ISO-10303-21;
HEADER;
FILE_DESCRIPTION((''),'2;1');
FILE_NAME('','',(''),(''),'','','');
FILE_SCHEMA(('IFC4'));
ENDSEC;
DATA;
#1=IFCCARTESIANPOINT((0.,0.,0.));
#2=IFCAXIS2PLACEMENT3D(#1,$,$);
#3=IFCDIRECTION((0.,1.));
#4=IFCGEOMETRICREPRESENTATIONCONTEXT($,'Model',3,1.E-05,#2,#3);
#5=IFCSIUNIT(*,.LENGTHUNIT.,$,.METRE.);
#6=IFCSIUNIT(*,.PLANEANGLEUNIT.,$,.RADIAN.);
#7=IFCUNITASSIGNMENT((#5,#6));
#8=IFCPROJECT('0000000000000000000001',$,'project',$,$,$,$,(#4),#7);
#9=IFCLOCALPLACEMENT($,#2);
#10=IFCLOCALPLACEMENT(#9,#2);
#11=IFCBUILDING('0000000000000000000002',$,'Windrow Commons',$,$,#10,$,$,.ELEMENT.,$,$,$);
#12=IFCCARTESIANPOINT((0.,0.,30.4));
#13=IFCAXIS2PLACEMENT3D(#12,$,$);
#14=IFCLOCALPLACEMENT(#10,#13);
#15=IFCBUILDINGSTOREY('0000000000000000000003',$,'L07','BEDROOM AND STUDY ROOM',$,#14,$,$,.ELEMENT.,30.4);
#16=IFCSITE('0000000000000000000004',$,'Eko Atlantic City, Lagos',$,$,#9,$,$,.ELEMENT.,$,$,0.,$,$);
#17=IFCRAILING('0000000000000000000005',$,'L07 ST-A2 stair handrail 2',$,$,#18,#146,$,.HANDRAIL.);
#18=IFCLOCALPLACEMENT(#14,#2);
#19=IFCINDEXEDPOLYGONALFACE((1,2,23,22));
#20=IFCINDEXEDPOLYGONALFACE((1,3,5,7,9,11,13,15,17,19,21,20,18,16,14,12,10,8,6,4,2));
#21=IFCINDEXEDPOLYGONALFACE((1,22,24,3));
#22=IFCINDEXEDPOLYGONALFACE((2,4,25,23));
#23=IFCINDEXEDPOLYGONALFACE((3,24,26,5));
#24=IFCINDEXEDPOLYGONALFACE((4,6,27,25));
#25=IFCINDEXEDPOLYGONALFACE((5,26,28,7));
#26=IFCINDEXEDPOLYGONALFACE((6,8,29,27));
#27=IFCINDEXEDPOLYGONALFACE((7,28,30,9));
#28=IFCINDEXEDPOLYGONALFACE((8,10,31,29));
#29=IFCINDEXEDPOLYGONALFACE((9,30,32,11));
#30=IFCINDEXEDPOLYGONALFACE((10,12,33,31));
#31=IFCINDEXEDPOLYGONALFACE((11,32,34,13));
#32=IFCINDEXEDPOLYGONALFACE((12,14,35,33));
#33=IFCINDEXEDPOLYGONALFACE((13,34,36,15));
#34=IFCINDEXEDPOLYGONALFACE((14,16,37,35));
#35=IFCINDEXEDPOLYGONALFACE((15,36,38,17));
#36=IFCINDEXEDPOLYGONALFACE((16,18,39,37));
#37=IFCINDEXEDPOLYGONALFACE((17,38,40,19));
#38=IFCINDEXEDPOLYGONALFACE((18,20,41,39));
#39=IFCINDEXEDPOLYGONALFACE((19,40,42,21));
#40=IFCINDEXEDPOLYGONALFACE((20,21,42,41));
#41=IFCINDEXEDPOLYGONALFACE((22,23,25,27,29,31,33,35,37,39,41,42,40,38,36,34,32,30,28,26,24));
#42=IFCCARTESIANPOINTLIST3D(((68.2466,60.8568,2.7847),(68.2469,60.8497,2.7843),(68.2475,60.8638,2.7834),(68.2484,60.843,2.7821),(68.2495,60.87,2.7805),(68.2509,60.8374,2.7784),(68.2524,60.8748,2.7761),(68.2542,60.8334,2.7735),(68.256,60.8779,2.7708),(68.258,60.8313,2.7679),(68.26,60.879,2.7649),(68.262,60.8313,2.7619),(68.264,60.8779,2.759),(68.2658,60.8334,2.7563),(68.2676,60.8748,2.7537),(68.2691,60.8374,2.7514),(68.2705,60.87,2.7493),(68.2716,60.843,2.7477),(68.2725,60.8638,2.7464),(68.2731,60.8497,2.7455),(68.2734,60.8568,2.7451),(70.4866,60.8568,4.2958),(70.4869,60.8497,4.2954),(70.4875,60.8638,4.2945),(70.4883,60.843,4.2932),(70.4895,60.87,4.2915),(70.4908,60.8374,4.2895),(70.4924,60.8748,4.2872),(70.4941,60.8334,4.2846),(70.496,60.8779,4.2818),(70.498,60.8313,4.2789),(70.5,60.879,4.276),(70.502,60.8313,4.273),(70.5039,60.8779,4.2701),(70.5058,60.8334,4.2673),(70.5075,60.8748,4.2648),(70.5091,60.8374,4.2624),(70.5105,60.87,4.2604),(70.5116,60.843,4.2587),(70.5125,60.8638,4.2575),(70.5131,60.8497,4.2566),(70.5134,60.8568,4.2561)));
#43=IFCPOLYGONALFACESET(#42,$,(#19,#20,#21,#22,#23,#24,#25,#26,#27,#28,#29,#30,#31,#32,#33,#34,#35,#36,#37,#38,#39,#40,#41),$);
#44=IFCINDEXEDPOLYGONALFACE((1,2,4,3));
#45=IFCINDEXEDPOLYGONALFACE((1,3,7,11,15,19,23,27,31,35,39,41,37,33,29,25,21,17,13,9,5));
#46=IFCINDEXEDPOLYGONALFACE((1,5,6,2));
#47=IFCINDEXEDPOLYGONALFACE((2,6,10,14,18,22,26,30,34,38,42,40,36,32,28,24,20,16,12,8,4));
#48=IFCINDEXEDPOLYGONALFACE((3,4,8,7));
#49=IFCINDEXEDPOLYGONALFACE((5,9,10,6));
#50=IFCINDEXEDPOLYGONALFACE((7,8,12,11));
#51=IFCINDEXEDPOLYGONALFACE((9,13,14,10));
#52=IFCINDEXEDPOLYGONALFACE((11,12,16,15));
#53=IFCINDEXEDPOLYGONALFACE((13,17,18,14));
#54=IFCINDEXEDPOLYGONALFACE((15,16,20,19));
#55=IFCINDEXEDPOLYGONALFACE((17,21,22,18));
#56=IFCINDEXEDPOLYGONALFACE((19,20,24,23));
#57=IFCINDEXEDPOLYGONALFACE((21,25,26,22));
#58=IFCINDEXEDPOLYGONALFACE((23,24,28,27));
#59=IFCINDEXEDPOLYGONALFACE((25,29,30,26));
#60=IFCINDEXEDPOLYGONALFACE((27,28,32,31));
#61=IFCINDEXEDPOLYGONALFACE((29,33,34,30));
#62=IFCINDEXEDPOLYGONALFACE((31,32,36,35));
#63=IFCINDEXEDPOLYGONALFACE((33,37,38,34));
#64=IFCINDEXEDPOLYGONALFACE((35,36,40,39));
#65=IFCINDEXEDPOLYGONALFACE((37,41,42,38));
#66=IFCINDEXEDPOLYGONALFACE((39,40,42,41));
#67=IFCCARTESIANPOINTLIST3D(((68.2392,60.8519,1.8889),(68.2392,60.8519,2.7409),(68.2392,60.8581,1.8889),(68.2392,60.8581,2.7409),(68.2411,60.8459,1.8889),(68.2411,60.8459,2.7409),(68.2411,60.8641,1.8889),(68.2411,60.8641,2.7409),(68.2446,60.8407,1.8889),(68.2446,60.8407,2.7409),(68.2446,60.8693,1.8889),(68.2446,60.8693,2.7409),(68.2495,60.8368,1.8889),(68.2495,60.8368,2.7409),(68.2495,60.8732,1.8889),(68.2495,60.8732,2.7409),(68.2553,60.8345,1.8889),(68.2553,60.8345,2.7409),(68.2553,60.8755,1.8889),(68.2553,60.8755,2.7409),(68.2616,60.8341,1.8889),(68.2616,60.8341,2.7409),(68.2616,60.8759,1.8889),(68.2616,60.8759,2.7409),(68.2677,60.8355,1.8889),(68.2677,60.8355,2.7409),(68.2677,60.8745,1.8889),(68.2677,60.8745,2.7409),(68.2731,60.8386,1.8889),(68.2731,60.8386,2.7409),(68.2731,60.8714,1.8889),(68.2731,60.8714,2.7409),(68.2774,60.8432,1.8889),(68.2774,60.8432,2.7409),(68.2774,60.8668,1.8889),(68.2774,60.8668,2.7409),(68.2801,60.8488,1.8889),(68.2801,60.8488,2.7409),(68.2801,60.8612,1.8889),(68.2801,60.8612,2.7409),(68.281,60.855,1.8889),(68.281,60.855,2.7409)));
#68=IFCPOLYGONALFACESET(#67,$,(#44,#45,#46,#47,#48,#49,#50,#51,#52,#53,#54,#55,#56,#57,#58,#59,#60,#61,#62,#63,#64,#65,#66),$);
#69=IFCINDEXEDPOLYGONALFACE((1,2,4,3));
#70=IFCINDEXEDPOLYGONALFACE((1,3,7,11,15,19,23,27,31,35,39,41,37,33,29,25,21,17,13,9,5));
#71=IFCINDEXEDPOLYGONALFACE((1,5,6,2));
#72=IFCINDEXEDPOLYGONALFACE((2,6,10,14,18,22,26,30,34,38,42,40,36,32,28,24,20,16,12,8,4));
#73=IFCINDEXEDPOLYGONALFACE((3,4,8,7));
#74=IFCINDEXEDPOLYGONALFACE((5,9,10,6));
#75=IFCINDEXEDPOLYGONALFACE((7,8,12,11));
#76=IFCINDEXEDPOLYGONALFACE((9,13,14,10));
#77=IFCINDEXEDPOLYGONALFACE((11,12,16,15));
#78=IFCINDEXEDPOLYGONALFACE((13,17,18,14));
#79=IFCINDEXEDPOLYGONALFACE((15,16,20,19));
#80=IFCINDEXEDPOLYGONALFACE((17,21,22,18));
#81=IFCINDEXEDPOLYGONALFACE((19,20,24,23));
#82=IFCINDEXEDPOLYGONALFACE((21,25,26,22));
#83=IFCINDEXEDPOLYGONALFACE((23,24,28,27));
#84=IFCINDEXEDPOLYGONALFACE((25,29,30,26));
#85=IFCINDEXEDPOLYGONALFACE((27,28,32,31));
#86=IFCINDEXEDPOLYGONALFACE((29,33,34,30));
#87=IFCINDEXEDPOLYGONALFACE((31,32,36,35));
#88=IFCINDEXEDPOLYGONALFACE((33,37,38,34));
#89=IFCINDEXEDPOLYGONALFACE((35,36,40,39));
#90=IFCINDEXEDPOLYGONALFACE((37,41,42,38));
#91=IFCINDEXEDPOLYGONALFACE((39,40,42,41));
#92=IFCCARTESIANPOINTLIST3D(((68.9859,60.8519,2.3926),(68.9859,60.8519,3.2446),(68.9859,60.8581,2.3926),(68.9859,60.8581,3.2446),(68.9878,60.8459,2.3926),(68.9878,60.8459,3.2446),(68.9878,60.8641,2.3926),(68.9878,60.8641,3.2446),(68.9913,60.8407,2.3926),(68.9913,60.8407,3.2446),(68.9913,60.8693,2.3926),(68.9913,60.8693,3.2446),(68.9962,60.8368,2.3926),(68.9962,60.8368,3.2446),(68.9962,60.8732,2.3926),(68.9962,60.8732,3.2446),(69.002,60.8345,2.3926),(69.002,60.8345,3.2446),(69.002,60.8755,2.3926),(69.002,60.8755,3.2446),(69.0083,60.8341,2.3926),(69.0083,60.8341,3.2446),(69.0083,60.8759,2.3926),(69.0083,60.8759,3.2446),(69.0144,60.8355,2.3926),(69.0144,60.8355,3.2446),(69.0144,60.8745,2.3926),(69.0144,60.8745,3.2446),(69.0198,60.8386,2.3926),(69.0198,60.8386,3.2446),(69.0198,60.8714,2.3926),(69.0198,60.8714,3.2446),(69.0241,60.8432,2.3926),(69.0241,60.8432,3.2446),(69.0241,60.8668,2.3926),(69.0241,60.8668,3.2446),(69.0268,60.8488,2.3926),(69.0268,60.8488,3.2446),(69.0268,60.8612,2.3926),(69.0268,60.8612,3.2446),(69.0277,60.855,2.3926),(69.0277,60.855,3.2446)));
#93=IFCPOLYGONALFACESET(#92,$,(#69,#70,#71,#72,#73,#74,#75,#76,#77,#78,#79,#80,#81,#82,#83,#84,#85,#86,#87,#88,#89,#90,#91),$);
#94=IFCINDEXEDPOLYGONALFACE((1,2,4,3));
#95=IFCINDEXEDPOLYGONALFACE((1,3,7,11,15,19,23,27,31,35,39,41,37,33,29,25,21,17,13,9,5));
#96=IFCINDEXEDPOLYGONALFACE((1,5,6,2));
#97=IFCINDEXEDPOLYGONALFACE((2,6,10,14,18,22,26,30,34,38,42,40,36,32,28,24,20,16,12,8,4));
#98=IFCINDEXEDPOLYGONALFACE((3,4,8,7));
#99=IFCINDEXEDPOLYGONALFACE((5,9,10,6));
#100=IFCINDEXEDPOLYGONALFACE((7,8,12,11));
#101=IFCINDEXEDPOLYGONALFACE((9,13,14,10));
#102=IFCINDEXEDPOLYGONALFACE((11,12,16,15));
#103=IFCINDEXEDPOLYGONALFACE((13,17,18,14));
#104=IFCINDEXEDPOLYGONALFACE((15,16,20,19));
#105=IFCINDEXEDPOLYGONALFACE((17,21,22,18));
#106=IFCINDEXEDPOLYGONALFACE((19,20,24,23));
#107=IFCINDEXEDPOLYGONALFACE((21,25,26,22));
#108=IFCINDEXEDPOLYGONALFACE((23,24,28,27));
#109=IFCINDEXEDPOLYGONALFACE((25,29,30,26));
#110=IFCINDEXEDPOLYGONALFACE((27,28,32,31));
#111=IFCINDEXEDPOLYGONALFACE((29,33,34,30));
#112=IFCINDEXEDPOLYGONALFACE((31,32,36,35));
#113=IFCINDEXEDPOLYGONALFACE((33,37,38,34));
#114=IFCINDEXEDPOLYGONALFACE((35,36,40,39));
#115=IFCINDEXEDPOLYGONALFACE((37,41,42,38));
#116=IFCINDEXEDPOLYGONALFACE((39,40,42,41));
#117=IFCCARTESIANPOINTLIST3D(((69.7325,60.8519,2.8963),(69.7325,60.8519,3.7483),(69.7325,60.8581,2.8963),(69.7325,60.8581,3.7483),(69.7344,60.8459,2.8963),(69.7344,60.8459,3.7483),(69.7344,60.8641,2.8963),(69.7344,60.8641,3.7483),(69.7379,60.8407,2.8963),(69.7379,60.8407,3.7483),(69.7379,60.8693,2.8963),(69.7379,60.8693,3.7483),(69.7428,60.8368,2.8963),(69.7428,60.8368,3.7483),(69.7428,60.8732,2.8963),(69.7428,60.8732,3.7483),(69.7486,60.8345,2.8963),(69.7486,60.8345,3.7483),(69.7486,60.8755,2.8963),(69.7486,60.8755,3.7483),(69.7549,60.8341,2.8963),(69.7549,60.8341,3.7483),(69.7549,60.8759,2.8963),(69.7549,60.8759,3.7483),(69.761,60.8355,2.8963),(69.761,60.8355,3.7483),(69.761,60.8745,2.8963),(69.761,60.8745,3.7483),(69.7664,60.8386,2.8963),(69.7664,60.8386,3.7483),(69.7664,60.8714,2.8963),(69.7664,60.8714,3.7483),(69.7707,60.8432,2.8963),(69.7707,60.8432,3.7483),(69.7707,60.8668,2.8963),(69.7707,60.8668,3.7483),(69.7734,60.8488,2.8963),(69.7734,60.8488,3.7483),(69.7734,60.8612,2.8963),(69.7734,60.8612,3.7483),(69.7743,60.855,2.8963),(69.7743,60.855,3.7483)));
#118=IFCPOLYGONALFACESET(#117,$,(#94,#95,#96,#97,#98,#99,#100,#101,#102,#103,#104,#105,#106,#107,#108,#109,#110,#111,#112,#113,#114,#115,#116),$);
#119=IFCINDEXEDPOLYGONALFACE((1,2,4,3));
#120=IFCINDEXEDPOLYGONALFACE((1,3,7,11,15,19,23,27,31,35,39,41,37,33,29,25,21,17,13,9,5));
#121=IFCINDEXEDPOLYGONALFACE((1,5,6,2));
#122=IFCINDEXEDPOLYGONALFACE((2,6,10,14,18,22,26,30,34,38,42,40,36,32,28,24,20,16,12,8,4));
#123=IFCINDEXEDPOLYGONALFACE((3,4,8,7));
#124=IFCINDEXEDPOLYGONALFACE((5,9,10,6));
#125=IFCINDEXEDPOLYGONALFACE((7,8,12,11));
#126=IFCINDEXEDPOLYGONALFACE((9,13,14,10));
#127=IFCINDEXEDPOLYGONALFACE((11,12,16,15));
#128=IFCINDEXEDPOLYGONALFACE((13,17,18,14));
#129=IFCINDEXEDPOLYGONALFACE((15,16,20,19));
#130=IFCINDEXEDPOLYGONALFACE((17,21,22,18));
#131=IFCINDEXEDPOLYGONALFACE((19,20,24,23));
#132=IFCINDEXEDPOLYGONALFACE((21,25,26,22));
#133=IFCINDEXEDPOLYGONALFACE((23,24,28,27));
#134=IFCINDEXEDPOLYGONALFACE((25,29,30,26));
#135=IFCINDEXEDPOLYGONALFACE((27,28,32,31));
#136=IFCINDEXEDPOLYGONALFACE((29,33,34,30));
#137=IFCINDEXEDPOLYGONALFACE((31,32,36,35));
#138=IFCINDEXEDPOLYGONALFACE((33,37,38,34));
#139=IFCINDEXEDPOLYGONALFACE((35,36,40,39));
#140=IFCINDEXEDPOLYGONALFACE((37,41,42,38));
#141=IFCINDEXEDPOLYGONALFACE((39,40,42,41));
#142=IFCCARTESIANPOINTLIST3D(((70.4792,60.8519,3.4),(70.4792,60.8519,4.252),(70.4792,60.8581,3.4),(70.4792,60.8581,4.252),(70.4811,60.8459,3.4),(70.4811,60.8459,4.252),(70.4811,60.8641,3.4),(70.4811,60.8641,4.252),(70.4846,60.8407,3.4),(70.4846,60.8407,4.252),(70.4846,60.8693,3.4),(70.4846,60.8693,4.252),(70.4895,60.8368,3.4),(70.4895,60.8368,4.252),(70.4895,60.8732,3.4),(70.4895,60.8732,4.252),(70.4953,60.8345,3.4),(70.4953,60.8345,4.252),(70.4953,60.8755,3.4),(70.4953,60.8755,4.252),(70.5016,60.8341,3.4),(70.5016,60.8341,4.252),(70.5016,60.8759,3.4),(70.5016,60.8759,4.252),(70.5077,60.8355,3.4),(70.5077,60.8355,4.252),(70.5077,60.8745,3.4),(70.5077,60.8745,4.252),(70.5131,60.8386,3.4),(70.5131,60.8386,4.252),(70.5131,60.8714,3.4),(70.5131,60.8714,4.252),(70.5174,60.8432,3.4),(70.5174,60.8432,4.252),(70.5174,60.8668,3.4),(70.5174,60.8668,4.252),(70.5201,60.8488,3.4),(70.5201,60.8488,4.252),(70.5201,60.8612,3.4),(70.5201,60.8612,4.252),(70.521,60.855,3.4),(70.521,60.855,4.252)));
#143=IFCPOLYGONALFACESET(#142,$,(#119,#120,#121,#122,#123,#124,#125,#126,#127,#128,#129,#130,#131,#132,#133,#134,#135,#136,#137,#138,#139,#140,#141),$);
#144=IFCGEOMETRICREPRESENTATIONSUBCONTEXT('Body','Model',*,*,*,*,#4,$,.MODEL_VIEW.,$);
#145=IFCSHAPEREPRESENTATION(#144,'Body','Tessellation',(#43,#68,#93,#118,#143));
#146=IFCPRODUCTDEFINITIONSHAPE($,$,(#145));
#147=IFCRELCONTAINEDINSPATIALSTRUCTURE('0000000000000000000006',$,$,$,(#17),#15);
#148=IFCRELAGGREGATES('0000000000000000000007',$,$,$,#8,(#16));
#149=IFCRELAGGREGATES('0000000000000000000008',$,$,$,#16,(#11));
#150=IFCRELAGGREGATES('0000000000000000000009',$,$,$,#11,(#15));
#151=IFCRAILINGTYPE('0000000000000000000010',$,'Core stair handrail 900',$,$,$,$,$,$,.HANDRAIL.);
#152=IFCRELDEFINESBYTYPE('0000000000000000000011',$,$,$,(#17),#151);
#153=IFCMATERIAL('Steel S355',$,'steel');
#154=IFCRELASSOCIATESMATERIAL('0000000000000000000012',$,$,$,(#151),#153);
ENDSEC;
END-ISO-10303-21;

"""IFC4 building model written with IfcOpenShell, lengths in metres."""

from ifc_helpers import new_model, si_unit, direction, frame, origin, origin_2d, place, context, subcontext, project, spatial, circle, extrude, material, type_object, element, save


model = new_model("IFC4")

# Units and contexts
model_context = context("Model", 3, precision=1e-05, world=origin(), true_north=direction((0.0, 1.0)))
body_context = subcontext(model_context, "Body", "Model", "MODEL_VIEW")
ifc_project = project(units=[si_unit("LENGTHUNIT", "METRE"), si_unit("PLANEANGLEUNIT", "RADIAN")], contexts=[model_context])

# Site, building, storey
site_placement = place(None, origin())
site = spatial("IfcSite", under=ifc_project, at=site_placement, Name="Eko Atlantic City, Lagos", CompositionType="ELEMENT", RefElevation=0.0)
building_placement = place(site_placement, origin())
building = spatial("IfcBuilding", under=site, at=building_placement, Name="Windrow Commons", CompositionType="ELEMENT")
storey_placement = place(building_placement, frame((0.0, 0.0, 30.4)))
storey = spatial("IfcBuildingStorey", under=building, at=storey_placement, Name="L07", Description="BEDROOM AND STUDY ROOM", CompositionType="ELEMENT", Elevation=30.4)

# Railing
ifc_material_1 = material(Name="Steel S355", Category="steel")
railing_type_1 = type_object("IfcRailingType", Name="Core stair handrail 900", PredefinedType="HANDRAIL", material=ifc_material_1)
railing_1_placement = place(storey_placement, frame((68.26, 60.855, 1.8889)))
element("IfcRailing", 1, at=railing_1_placement, inside=storey, type_object=railing_type_1, Name="L07 ST-A2 stair handrail 2", PredefinedType="HANDRAIL", context=body_context, shape_type="SweptSolid", body=[
    extrude(circle(Radius=0.024, at=origin_2d()), frame((0.0, 0.0, 0.876), z_axis=(0.829003, 0.0, 0.559244), x_axis=(0.0, 1.0, 0.0)), (0.0, 0.0, 1.0), 2.702),
    extrude(circle(Radius=0.021, at=origin_2d()), origin(), (0.0, 0.0, 1.0), 0.852),
    extrude(circle(Radius=0.021, at=origin_2d()), frame((0.7467, 0.0, 0.5037)), (0.0, 0.0, 1.0), 0.852),
    extrude(circle(Radius=0.021, at=origin_2d()), frame((1.4933, 0.0, 1.0074)), (0.0, 0.0, 1.0), 0.852),
    extrude(circle(Radius=0.021, at=origin_2d()), frame((2.24, 0.0, 1.5111)), (0.0, 0.0, 1.0), 0.852),
])

save(model, "model.ifc")
